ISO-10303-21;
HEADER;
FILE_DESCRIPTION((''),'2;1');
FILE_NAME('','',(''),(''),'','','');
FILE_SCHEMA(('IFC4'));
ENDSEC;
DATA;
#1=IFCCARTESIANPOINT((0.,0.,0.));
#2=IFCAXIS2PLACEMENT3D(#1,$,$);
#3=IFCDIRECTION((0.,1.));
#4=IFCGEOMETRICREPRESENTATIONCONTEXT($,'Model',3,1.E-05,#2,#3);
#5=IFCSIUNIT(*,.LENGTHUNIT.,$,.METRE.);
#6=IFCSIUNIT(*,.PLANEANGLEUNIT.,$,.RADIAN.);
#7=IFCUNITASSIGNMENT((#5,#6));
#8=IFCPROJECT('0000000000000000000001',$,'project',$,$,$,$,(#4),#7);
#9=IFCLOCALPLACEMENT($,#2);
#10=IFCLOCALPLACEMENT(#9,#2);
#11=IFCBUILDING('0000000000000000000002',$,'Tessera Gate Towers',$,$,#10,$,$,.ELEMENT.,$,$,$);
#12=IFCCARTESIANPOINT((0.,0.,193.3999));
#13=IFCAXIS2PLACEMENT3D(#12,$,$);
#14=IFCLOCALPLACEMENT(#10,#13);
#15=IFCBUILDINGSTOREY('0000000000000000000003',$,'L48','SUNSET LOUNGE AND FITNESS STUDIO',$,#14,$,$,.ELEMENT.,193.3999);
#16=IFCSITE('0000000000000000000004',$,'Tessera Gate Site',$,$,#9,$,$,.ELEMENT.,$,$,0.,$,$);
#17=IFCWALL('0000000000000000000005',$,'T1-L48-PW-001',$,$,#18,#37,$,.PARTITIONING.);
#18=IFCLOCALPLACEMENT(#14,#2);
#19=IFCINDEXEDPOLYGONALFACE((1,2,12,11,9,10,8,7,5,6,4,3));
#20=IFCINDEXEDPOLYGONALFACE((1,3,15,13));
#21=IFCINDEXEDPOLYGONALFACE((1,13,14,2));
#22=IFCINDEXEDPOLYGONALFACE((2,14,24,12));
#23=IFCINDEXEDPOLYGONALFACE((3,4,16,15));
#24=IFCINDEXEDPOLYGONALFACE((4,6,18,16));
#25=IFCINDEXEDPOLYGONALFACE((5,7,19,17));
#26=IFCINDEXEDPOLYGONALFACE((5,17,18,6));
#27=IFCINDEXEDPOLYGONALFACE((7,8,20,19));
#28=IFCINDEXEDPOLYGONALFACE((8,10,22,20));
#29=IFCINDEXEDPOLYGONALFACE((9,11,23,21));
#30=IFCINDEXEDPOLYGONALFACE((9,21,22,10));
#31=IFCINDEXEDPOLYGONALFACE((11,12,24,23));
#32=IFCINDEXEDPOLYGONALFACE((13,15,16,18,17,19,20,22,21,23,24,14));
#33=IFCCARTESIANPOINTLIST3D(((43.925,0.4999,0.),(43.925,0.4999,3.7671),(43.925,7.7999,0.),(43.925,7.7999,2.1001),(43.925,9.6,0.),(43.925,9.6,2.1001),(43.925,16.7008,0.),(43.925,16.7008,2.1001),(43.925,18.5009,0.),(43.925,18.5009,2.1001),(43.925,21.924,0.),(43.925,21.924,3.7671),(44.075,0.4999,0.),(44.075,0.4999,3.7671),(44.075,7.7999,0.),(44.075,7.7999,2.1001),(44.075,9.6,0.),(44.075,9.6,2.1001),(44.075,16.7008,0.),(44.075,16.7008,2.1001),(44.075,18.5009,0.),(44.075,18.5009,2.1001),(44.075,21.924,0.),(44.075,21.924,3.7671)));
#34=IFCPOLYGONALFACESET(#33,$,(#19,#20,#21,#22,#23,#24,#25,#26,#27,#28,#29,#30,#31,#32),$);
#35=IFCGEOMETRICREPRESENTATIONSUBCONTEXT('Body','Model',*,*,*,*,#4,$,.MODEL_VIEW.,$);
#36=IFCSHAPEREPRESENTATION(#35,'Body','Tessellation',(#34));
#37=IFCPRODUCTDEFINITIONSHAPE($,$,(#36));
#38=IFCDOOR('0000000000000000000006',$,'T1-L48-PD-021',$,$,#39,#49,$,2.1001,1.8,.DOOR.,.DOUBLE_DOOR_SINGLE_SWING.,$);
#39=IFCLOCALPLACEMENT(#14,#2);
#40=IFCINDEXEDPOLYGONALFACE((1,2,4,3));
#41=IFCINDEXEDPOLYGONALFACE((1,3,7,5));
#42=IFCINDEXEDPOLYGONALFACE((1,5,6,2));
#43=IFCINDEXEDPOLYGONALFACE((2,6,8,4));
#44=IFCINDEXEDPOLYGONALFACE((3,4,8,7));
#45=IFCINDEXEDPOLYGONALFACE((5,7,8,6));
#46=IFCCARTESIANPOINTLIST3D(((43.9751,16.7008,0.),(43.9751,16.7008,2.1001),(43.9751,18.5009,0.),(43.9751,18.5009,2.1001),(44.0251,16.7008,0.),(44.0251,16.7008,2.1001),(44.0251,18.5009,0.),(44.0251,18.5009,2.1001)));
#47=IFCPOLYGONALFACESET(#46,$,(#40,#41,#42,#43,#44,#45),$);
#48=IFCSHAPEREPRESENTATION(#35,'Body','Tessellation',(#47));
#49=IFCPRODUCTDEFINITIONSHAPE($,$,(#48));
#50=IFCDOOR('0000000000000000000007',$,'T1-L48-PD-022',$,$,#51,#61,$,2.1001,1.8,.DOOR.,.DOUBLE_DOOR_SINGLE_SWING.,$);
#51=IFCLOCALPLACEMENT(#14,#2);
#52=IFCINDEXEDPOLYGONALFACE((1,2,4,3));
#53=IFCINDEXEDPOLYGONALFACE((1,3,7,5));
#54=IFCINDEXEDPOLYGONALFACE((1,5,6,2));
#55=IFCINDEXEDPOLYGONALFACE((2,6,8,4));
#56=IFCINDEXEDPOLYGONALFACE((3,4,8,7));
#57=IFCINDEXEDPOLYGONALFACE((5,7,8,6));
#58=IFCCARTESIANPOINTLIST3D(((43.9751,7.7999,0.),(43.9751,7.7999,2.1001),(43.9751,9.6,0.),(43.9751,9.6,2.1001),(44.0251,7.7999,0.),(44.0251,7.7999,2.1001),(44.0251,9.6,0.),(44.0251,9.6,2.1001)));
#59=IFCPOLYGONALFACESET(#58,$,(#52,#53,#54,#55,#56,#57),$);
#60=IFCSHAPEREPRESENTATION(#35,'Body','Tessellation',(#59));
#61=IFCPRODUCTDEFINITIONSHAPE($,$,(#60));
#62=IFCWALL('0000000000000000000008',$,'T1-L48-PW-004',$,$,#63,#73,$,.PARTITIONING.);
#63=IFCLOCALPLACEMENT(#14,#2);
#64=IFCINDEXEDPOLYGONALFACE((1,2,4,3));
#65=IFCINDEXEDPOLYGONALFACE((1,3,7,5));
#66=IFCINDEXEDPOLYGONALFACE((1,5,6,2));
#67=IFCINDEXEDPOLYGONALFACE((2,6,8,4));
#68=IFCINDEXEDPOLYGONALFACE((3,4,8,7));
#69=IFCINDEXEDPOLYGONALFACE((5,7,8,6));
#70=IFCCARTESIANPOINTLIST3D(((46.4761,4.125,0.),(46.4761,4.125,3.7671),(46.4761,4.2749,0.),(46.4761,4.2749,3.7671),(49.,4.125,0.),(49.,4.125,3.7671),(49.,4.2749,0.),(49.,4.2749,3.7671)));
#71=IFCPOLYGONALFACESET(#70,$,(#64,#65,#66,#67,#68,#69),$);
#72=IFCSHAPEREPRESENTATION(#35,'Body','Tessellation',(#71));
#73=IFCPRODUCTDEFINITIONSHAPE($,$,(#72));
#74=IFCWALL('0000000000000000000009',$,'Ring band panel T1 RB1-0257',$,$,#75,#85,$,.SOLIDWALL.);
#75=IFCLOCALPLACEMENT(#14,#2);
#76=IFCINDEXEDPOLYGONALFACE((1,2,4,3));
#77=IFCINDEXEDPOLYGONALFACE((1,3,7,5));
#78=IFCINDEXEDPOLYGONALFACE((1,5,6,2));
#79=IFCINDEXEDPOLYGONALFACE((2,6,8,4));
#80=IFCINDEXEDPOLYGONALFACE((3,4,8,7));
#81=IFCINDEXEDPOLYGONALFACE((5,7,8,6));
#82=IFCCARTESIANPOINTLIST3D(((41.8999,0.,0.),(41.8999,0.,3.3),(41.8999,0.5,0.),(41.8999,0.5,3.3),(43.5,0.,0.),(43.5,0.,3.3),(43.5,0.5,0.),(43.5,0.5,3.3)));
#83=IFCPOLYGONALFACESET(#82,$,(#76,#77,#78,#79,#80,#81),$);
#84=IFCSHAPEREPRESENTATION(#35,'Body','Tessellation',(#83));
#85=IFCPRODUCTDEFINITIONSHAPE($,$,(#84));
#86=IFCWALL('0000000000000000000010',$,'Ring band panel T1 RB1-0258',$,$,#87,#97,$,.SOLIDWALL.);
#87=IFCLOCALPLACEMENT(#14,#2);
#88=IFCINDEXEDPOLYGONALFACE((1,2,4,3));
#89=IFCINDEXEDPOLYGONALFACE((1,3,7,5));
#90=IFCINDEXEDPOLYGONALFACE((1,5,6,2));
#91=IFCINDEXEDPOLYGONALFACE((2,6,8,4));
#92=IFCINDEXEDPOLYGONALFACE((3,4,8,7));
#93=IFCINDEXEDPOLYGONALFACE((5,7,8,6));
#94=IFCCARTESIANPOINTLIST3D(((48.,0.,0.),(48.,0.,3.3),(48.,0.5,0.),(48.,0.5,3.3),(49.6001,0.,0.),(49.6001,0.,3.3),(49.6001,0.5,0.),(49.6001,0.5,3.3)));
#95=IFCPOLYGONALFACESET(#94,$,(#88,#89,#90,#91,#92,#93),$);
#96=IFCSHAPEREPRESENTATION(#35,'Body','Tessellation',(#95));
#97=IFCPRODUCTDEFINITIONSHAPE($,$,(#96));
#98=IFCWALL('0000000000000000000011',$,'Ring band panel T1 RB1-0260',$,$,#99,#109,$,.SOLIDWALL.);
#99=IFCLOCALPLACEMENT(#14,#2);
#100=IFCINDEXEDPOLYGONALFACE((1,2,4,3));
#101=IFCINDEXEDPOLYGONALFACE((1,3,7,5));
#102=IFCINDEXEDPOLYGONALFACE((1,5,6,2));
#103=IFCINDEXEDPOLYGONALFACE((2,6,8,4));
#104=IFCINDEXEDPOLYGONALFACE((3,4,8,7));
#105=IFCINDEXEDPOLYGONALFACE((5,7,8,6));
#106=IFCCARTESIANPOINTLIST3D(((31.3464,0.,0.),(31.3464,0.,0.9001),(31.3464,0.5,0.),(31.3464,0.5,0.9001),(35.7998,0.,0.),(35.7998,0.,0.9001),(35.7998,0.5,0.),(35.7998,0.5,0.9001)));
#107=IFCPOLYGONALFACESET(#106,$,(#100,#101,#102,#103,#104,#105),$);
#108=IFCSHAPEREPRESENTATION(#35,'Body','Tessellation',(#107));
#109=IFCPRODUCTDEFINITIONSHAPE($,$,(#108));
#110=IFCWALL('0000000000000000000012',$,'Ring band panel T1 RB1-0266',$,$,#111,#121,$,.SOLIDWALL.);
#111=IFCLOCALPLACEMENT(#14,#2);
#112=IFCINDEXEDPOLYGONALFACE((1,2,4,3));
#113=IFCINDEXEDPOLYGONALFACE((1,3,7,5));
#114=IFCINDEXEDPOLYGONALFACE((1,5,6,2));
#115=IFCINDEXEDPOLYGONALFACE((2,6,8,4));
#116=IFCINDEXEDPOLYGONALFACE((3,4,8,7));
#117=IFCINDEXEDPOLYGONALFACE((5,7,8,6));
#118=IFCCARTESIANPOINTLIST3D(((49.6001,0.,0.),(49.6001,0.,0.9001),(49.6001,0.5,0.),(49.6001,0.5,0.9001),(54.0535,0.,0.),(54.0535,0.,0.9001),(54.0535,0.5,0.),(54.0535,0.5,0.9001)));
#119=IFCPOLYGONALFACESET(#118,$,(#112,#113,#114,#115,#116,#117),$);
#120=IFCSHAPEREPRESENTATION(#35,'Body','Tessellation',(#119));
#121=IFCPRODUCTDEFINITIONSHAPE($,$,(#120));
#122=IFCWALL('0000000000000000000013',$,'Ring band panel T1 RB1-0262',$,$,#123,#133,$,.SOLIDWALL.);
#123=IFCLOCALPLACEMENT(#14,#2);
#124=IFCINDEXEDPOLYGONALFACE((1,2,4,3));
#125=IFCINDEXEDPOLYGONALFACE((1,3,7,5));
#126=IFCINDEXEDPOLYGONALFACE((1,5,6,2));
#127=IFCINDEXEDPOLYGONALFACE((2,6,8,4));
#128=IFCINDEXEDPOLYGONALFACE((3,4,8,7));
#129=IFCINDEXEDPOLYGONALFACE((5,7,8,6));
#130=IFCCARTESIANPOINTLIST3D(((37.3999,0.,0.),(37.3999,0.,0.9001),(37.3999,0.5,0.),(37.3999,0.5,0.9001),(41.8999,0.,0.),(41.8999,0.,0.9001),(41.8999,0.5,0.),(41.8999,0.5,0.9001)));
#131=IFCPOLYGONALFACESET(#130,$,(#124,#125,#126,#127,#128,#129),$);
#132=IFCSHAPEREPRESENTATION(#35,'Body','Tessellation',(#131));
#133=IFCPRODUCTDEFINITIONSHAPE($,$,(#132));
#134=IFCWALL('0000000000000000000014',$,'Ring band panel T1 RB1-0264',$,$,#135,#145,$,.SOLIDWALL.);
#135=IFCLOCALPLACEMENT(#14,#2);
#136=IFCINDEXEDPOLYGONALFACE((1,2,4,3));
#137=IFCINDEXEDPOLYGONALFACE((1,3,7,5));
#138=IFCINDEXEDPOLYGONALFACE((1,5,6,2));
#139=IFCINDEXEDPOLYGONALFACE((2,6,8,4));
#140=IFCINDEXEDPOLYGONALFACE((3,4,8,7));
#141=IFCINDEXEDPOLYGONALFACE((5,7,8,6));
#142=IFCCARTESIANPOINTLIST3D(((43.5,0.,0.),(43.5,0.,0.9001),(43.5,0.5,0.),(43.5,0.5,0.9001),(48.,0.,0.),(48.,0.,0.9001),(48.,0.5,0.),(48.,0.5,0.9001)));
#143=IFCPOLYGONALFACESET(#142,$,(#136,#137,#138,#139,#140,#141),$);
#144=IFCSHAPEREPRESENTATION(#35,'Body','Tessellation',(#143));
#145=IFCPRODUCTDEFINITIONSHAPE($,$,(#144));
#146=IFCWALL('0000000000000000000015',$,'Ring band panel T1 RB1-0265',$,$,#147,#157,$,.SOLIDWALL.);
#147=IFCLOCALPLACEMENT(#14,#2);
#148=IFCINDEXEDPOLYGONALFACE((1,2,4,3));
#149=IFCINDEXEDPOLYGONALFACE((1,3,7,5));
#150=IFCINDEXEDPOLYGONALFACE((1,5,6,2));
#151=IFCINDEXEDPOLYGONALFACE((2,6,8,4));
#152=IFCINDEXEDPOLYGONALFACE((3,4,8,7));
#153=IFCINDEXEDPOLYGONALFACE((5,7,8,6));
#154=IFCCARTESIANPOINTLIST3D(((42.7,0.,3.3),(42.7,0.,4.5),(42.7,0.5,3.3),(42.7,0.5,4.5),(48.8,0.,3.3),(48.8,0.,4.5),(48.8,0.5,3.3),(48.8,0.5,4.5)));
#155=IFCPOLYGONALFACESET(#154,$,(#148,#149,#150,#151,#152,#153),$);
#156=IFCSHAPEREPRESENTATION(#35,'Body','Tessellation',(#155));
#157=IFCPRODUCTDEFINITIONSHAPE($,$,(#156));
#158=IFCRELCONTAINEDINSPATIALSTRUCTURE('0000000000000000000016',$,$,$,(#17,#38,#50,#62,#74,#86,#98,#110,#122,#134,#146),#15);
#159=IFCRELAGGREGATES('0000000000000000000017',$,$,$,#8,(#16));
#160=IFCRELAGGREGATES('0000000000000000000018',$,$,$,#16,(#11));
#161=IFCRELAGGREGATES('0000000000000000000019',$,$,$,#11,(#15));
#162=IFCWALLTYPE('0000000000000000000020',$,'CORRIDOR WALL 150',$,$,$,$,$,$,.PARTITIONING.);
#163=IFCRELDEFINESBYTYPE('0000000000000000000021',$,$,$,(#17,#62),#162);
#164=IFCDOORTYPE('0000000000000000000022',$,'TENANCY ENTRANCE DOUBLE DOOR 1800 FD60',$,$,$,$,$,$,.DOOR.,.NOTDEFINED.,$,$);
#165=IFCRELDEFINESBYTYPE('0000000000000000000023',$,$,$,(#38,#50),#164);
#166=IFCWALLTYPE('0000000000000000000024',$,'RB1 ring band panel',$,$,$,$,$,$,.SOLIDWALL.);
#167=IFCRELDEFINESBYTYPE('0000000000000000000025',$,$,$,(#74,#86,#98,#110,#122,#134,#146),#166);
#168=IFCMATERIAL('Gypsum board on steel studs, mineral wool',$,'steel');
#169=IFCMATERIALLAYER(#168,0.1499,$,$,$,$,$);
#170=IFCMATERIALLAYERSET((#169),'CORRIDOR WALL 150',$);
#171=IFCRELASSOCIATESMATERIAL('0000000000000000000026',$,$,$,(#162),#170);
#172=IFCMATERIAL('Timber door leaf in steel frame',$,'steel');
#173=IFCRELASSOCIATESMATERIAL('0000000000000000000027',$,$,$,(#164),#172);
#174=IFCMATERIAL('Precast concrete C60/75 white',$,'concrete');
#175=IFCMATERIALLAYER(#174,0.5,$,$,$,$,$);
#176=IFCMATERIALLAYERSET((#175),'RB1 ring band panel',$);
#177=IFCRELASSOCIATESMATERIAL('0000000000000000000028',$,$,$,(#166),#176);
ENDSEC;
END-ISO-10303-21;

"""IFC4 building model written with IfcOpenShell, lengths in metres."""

from ifc_helpers import new_model, si_unit, direction, frame, frame_2d, origin, place, context, subcontext, project, spatial, polyline, rectangle, outline, extrude, source, transform, mapped, material, layer, layer_set, type_object, element, fill, save


model = new_model("IFC4")

# Units and contexts
model_context = context("Model", 3, precision=1e-05, world=origin(), true_north=direction((0.0, 1.0)))
body_context = subcontext(model_context, "Body", "Model", "MODEL_VIEW")
ifc_project = project(units=[si_unit("LENGTHUNIT", "METRE"), si_unit("PLANEANGLEUNIT", "RADIAN")], contexts=[model_context])

# Site, building, storey
site_placement = place(None, origin())
site = spatial("IfcSite", under=ifc_project, at=site_placement, Name="Tessera Gate Site", CompositionType="ELEMENT", RefElevation=0.0)
building_placement = place(site_placement, origin())
building = spatial("IfcBuilding", under=site, at=building_placement, Name="Tessera Gate Towers", CompositionType="ELEMENT")
storey_placement = place(building_placement, frame((0.0, 0.0, 193.3999)))
storey = spatial("IfcBuildingStorey", under=building, at=storey_placement, Name="L48", Description="SUNSET LOUNGE AND FITNESS STUDIO", CompositionType="ELEMENT", Elevation=193.3999)

# Wall, openings, doors
ifc_material_1 = material(Name="Gypsum board on steel studs, mineral wool", Category="steel")
ifc_layer_1 = layer(ifc_material_1, 0.1499)
ifc_layer_set_1 = layer_set([ifc_layer_1], Name="CORRIDOR WALL 150")
wall_type_1 = type_object("IfcWallType", Name="CORRIDOR WALL 150", PredefinedType="PARTITIONING", material=ifc_layer_set_1)
wall_1_placement = place(storey_placement, frame((44.0, 0.5, 0.0), z_axis=(0.0, 0.0, 1.0), x_axis=(0.0, 1.0, 0.0)))
wall_1 = element("IfcWall", 1, at=wall_1_placement, inside=storey, type_object=wall_type_1, Name="T1-L48-PW-001", PredefinedType="PARTITIONING", context=body_context, shape_type="SweptSolid", body=[
    extrude(rectangle(XDim=21.4241, YDim=0.1499, at=frame_2d((10.7119, 0.0))), origin(), (0.0, 0.0, 1.0), 3.7671),
])
shared_shape_1 = source(origin(), body_context, "Body", "SweptSolid", [
    extrude(rectangle(XDim=1.8, YDim=2.1001, at=frame_2d((0.8999, 1.05))), frame((0.0, 0.085, 0.0), z_axis=(0.0, -1.0, 0.0), x_axis=(1.0, 0.0, 0.0)), (0.0, 0.0, 1.0), 0.1699),
])
opening_1_placement = place(wall_1_placement, frame((16.2009, 0.0, 0.0)))
opening_1 = element("IfcOpeningElement", 2, at=opening_1_placement, cuts=wall_1, PredefinedType="OPENING", context=body_context, shape_type="MappedRepresentation", body=[
    mapped(shared_shape_1, transform((0.0, 0.0, 0.0), scale=1.0)),
])
opening_2_placement = place(wall_1_placement, frame((7.3, 0.0, 0.0)))
opening_2 = element("IfcOpeningElement", 3, at=opening_2_placement, cuts=wall_1, PredefinedType="OPENING", context=body_context, shape_type="MappedRepresentation", body=[
    mapped(shared_shape_1, transform((0.0, 0.0, 0.0), scale=1.0)),
])
ifc_material_2 = material(Name="Timber door leaf in steel frame", Category="steel")
door_type = type_object("IfcDoorType", Name="TENANCY ENTRANCE DOUBLE DOOR 1800 FD60", OperationType="NOTDEFINED", PredefinedType="DOOR", material=ifc_material_2)
shared_shape_2 = source(origin(), body_context, "Body", "SweptSolid", [
    extrude(rectangle(XDim=1.8, YDim=2.1001, at=frame_2d((0.8999, 1.05))), frame((0.0, 0.0249, 0.0), z_axis=(0.0, -1.0, 0.0), x_axis=(1.0, 0.0, 0.0)), (0.0, 0.0, 1.0), 0.05),
])
door_1_placement = place(opening_1_placement, origin())
door_1 = element("IfcDoor", 4, at=door_1_placement, inside=storey, type_object=door_type, Name="T1-L48-PD-021", OperationType="DOUBLE_DOOR_SINGLE_SWING", OverallHeight=2.1001, OverallWidth=1.8, PredefinedType="DOOR", context=body_context, shape_type="MappedRepresentation", body=[
    mapped(shared_shape_2, transform((0.0, 0.0, 0.0), scale=1.0)),
])
fill(opening_1, door_1)
door_2_placement = place(opening_2_placement, origin())
door_2 = element("IfcDoor", 5, at=door_2_placement, inside=storey, type_object=door_type, Name="T1-L48-PD-022", OperationType="DOUBLE_DOOR_SINGLE_SWING", OverallHeight=2.1001, OverallWidth=1.8, PredefinedType="DOOR", context=body_context, shape_type="MappedRepresentation", body=[
    mapped(shared_shape_2, transform((0.0, 0.0, 0.0), scale=1.0)),
])
fill(opening_2, door_2)

# Walls
wall_2_placement = place(storey_placement, frame((46.4761, 4.2, 0.0), z_axis=(0.0, 0.0, 1.0), x_axis=(1.0, 0.0, 0.0)))
element("IfcWall", 6, at=wall_2_placement, inside=storey, type_object=wall_type_1, Name="T1-L48-PW-004", PredefinedType="PARTITIONING", context=body_context, shape_type="SweptSolid", body=[
    extrude(rectangle(XDim=2.5239, YDim=0.1499, at=frame_2d((1.262, 0.0))), origin(), (0.0, 0.0, 1.0), 3.7671),
])
ifc_material_3 = material(Name="Precast concrete C60/75 white", Category="concrete")
ifc_layer_2 = layer(ifc_material_3, 0.5)
ifc_layer_set_2 = layer_set([ifc_layer_2], Name="RB1 ring band panel")
wall_type_2 = type_object("IfcWallType", Name="RB1 ring band panel", PredefinedType="SOLIDWALL", material=ifc_layer_set_2)
shared_shape_3 = source(origin(), body_context, "Body", "SweptSolid", [
    extrude(outline(polyline([(0.0, 0.0), (1.6001, 0.0), (1.6001, 3.3), (0.0, 3.3), (0.0, 0.0)])), frame((0.0, 0.25, 0.0), z_axis=(0.0, -1.0, 0.0), x_axis=(1.0, 0.0, 0.0)), (0.0, 0.0, 1.0), 0.5),
])
for number, where, z_axis, x_axis, name in (
    (7, (41.8999, 0.25, 0.0), (0.0, 0.0, 1.0), (1.0, 0.0, 0.0), "Ring band panel T1 RB1-0257"),
    (8, (48.0, 0.25, 0.0), (0.0, 0.0, 1.0), (1.0, 0.0, 0.0), "Ring band panel T1 RB1-0258"),
):
    element("IfcWall", number, at=place(storey_placement, frame(where, z_axis=z_axis, x_axis=x_axis)), inside=storey, type_object=wall_type_2, Name=name, PredefinedType="SOLIDWALL", context=body_context, shape_type="MappedRepresentation", body=[
        mapped(shared_shape_3, transform((0.0, 0.0, 0.0), scale=1.0)),
    ])
shared_shape_4 = source(origin(), body_context, "Body", "SweptSolid", [
    extrude(outline(polyline([(0.0, 0.0), (4.4534, 0.0), (4.4534, 0.9001), (0.0, 0.9001), (0.0, 0.0)])), frame((0.0, 0.25, 0.0), z_axis=(0.0, -1.0, 0.0), x_axis=(1.0, 0.0, 0.0)), (0.0, 0.0, 1.0), 0.5),
])
for number, where, z_axis, x_axis, name in (
    (9, (31.3464, 0.25, 0.0), (0.0, 0.0, 1.0), (1.0, 0.0, 0.0), "Ring band panel T1 RB1-0260"),
    (10, (49.6001, 0.25, 0.0), (0.0, 0.0, 1.0), (1.0, 0.0, 0.0), "Ring band panel T1 RB1-0266"),
):
    element("IfcWall", number, at=place(storey_placement, frame(where, z_axis=z_axis, x_axis=x_axis)), inside=storey, type_object=wall_type_2, Name=name, PredefinedType="SOLIDWALL", context=body_context, shape_type="MappedRepresentation", body=[
        mapped(shared_shape_4, transform((0.0, 0.0, 0.0), scale=1.0)),
    ])
shared_shape_5 = source(origin(), body_context, "Body", "SweptSolid", [
    extrude(outline(polyline([(0.0, 0.0), (4.5, 0.0), (4.5, 0.9001), (0.0, 0.9001), (0.0, 0.0)])), frame((0.0, 0.25, 0.0), z_axis=(0.0, -1.0, 0.0), x_axis=(1.0, 0.0, 0.0)), (0.0, 0.0, 1.0), 0.5),
])
for number, where, z_axis, x_axis, name in (
    (11, (37.3999, 0.25, 0.0), (0.0, 0.0, 1.0), (1.0, 0.0, 0.0), "Ring band panel T1 RB1-0262"),
    (12, (43.5, 0.25, 0.0), (0.0, 0.0, 1.0), (1.0, 0.0, 0.0), "Ring band panel T1 RB1-0264"),
):
    element("IfcWall", number, at=place(storey_placement, frame(where, z_axis=z_axis, x_axis=x_axis)), inside=storey, type_object=wall_type_2, Name=name, PredefinedType="SOLIDWALL", context=body_context, shape_type="MappedRepresentation", body=[
        mapped(shared_shape_5, transform((0.0, 0.0, 0.0), scale=1.0)),
    ])
shared_shape_6 = source(origin(), body_context, "Body", "SweptSolid", [
    extrude(outline(polyline([(0.0, 0.0), (6.1001, 0.0), (6.1001, 1.2), (0.0, 1.2), (0.0, 0.0)])), frame((0.0, 0.25, 0.0), z_axis=(0.0, -1.0, 0.0), x_axis=(1.0, 0.0, 0.0)), (0.0, 0.0, 1.0), 0.5),
])
wall_3_placement = place(storey_placement, frame((42.7, 0.25, 3.3), z_axis=(0.0, 0.0, 1.0), x_axis=(1.0, 0.0, 0.0)))
element("IfcWall", 13, at=wall_3_placement, inside=storey, type_object=wall_type_2, Name="Ring band panel T1 RB1-0265", PredefinedType="SOLIDWALL", context=body_context, shape_type="MappedRepresentation", body=[
    mapped(shared_shape_6, transform((0.0, 0.0, 0.0), scale=1.0)),
])

save(model, "model.ifc")
